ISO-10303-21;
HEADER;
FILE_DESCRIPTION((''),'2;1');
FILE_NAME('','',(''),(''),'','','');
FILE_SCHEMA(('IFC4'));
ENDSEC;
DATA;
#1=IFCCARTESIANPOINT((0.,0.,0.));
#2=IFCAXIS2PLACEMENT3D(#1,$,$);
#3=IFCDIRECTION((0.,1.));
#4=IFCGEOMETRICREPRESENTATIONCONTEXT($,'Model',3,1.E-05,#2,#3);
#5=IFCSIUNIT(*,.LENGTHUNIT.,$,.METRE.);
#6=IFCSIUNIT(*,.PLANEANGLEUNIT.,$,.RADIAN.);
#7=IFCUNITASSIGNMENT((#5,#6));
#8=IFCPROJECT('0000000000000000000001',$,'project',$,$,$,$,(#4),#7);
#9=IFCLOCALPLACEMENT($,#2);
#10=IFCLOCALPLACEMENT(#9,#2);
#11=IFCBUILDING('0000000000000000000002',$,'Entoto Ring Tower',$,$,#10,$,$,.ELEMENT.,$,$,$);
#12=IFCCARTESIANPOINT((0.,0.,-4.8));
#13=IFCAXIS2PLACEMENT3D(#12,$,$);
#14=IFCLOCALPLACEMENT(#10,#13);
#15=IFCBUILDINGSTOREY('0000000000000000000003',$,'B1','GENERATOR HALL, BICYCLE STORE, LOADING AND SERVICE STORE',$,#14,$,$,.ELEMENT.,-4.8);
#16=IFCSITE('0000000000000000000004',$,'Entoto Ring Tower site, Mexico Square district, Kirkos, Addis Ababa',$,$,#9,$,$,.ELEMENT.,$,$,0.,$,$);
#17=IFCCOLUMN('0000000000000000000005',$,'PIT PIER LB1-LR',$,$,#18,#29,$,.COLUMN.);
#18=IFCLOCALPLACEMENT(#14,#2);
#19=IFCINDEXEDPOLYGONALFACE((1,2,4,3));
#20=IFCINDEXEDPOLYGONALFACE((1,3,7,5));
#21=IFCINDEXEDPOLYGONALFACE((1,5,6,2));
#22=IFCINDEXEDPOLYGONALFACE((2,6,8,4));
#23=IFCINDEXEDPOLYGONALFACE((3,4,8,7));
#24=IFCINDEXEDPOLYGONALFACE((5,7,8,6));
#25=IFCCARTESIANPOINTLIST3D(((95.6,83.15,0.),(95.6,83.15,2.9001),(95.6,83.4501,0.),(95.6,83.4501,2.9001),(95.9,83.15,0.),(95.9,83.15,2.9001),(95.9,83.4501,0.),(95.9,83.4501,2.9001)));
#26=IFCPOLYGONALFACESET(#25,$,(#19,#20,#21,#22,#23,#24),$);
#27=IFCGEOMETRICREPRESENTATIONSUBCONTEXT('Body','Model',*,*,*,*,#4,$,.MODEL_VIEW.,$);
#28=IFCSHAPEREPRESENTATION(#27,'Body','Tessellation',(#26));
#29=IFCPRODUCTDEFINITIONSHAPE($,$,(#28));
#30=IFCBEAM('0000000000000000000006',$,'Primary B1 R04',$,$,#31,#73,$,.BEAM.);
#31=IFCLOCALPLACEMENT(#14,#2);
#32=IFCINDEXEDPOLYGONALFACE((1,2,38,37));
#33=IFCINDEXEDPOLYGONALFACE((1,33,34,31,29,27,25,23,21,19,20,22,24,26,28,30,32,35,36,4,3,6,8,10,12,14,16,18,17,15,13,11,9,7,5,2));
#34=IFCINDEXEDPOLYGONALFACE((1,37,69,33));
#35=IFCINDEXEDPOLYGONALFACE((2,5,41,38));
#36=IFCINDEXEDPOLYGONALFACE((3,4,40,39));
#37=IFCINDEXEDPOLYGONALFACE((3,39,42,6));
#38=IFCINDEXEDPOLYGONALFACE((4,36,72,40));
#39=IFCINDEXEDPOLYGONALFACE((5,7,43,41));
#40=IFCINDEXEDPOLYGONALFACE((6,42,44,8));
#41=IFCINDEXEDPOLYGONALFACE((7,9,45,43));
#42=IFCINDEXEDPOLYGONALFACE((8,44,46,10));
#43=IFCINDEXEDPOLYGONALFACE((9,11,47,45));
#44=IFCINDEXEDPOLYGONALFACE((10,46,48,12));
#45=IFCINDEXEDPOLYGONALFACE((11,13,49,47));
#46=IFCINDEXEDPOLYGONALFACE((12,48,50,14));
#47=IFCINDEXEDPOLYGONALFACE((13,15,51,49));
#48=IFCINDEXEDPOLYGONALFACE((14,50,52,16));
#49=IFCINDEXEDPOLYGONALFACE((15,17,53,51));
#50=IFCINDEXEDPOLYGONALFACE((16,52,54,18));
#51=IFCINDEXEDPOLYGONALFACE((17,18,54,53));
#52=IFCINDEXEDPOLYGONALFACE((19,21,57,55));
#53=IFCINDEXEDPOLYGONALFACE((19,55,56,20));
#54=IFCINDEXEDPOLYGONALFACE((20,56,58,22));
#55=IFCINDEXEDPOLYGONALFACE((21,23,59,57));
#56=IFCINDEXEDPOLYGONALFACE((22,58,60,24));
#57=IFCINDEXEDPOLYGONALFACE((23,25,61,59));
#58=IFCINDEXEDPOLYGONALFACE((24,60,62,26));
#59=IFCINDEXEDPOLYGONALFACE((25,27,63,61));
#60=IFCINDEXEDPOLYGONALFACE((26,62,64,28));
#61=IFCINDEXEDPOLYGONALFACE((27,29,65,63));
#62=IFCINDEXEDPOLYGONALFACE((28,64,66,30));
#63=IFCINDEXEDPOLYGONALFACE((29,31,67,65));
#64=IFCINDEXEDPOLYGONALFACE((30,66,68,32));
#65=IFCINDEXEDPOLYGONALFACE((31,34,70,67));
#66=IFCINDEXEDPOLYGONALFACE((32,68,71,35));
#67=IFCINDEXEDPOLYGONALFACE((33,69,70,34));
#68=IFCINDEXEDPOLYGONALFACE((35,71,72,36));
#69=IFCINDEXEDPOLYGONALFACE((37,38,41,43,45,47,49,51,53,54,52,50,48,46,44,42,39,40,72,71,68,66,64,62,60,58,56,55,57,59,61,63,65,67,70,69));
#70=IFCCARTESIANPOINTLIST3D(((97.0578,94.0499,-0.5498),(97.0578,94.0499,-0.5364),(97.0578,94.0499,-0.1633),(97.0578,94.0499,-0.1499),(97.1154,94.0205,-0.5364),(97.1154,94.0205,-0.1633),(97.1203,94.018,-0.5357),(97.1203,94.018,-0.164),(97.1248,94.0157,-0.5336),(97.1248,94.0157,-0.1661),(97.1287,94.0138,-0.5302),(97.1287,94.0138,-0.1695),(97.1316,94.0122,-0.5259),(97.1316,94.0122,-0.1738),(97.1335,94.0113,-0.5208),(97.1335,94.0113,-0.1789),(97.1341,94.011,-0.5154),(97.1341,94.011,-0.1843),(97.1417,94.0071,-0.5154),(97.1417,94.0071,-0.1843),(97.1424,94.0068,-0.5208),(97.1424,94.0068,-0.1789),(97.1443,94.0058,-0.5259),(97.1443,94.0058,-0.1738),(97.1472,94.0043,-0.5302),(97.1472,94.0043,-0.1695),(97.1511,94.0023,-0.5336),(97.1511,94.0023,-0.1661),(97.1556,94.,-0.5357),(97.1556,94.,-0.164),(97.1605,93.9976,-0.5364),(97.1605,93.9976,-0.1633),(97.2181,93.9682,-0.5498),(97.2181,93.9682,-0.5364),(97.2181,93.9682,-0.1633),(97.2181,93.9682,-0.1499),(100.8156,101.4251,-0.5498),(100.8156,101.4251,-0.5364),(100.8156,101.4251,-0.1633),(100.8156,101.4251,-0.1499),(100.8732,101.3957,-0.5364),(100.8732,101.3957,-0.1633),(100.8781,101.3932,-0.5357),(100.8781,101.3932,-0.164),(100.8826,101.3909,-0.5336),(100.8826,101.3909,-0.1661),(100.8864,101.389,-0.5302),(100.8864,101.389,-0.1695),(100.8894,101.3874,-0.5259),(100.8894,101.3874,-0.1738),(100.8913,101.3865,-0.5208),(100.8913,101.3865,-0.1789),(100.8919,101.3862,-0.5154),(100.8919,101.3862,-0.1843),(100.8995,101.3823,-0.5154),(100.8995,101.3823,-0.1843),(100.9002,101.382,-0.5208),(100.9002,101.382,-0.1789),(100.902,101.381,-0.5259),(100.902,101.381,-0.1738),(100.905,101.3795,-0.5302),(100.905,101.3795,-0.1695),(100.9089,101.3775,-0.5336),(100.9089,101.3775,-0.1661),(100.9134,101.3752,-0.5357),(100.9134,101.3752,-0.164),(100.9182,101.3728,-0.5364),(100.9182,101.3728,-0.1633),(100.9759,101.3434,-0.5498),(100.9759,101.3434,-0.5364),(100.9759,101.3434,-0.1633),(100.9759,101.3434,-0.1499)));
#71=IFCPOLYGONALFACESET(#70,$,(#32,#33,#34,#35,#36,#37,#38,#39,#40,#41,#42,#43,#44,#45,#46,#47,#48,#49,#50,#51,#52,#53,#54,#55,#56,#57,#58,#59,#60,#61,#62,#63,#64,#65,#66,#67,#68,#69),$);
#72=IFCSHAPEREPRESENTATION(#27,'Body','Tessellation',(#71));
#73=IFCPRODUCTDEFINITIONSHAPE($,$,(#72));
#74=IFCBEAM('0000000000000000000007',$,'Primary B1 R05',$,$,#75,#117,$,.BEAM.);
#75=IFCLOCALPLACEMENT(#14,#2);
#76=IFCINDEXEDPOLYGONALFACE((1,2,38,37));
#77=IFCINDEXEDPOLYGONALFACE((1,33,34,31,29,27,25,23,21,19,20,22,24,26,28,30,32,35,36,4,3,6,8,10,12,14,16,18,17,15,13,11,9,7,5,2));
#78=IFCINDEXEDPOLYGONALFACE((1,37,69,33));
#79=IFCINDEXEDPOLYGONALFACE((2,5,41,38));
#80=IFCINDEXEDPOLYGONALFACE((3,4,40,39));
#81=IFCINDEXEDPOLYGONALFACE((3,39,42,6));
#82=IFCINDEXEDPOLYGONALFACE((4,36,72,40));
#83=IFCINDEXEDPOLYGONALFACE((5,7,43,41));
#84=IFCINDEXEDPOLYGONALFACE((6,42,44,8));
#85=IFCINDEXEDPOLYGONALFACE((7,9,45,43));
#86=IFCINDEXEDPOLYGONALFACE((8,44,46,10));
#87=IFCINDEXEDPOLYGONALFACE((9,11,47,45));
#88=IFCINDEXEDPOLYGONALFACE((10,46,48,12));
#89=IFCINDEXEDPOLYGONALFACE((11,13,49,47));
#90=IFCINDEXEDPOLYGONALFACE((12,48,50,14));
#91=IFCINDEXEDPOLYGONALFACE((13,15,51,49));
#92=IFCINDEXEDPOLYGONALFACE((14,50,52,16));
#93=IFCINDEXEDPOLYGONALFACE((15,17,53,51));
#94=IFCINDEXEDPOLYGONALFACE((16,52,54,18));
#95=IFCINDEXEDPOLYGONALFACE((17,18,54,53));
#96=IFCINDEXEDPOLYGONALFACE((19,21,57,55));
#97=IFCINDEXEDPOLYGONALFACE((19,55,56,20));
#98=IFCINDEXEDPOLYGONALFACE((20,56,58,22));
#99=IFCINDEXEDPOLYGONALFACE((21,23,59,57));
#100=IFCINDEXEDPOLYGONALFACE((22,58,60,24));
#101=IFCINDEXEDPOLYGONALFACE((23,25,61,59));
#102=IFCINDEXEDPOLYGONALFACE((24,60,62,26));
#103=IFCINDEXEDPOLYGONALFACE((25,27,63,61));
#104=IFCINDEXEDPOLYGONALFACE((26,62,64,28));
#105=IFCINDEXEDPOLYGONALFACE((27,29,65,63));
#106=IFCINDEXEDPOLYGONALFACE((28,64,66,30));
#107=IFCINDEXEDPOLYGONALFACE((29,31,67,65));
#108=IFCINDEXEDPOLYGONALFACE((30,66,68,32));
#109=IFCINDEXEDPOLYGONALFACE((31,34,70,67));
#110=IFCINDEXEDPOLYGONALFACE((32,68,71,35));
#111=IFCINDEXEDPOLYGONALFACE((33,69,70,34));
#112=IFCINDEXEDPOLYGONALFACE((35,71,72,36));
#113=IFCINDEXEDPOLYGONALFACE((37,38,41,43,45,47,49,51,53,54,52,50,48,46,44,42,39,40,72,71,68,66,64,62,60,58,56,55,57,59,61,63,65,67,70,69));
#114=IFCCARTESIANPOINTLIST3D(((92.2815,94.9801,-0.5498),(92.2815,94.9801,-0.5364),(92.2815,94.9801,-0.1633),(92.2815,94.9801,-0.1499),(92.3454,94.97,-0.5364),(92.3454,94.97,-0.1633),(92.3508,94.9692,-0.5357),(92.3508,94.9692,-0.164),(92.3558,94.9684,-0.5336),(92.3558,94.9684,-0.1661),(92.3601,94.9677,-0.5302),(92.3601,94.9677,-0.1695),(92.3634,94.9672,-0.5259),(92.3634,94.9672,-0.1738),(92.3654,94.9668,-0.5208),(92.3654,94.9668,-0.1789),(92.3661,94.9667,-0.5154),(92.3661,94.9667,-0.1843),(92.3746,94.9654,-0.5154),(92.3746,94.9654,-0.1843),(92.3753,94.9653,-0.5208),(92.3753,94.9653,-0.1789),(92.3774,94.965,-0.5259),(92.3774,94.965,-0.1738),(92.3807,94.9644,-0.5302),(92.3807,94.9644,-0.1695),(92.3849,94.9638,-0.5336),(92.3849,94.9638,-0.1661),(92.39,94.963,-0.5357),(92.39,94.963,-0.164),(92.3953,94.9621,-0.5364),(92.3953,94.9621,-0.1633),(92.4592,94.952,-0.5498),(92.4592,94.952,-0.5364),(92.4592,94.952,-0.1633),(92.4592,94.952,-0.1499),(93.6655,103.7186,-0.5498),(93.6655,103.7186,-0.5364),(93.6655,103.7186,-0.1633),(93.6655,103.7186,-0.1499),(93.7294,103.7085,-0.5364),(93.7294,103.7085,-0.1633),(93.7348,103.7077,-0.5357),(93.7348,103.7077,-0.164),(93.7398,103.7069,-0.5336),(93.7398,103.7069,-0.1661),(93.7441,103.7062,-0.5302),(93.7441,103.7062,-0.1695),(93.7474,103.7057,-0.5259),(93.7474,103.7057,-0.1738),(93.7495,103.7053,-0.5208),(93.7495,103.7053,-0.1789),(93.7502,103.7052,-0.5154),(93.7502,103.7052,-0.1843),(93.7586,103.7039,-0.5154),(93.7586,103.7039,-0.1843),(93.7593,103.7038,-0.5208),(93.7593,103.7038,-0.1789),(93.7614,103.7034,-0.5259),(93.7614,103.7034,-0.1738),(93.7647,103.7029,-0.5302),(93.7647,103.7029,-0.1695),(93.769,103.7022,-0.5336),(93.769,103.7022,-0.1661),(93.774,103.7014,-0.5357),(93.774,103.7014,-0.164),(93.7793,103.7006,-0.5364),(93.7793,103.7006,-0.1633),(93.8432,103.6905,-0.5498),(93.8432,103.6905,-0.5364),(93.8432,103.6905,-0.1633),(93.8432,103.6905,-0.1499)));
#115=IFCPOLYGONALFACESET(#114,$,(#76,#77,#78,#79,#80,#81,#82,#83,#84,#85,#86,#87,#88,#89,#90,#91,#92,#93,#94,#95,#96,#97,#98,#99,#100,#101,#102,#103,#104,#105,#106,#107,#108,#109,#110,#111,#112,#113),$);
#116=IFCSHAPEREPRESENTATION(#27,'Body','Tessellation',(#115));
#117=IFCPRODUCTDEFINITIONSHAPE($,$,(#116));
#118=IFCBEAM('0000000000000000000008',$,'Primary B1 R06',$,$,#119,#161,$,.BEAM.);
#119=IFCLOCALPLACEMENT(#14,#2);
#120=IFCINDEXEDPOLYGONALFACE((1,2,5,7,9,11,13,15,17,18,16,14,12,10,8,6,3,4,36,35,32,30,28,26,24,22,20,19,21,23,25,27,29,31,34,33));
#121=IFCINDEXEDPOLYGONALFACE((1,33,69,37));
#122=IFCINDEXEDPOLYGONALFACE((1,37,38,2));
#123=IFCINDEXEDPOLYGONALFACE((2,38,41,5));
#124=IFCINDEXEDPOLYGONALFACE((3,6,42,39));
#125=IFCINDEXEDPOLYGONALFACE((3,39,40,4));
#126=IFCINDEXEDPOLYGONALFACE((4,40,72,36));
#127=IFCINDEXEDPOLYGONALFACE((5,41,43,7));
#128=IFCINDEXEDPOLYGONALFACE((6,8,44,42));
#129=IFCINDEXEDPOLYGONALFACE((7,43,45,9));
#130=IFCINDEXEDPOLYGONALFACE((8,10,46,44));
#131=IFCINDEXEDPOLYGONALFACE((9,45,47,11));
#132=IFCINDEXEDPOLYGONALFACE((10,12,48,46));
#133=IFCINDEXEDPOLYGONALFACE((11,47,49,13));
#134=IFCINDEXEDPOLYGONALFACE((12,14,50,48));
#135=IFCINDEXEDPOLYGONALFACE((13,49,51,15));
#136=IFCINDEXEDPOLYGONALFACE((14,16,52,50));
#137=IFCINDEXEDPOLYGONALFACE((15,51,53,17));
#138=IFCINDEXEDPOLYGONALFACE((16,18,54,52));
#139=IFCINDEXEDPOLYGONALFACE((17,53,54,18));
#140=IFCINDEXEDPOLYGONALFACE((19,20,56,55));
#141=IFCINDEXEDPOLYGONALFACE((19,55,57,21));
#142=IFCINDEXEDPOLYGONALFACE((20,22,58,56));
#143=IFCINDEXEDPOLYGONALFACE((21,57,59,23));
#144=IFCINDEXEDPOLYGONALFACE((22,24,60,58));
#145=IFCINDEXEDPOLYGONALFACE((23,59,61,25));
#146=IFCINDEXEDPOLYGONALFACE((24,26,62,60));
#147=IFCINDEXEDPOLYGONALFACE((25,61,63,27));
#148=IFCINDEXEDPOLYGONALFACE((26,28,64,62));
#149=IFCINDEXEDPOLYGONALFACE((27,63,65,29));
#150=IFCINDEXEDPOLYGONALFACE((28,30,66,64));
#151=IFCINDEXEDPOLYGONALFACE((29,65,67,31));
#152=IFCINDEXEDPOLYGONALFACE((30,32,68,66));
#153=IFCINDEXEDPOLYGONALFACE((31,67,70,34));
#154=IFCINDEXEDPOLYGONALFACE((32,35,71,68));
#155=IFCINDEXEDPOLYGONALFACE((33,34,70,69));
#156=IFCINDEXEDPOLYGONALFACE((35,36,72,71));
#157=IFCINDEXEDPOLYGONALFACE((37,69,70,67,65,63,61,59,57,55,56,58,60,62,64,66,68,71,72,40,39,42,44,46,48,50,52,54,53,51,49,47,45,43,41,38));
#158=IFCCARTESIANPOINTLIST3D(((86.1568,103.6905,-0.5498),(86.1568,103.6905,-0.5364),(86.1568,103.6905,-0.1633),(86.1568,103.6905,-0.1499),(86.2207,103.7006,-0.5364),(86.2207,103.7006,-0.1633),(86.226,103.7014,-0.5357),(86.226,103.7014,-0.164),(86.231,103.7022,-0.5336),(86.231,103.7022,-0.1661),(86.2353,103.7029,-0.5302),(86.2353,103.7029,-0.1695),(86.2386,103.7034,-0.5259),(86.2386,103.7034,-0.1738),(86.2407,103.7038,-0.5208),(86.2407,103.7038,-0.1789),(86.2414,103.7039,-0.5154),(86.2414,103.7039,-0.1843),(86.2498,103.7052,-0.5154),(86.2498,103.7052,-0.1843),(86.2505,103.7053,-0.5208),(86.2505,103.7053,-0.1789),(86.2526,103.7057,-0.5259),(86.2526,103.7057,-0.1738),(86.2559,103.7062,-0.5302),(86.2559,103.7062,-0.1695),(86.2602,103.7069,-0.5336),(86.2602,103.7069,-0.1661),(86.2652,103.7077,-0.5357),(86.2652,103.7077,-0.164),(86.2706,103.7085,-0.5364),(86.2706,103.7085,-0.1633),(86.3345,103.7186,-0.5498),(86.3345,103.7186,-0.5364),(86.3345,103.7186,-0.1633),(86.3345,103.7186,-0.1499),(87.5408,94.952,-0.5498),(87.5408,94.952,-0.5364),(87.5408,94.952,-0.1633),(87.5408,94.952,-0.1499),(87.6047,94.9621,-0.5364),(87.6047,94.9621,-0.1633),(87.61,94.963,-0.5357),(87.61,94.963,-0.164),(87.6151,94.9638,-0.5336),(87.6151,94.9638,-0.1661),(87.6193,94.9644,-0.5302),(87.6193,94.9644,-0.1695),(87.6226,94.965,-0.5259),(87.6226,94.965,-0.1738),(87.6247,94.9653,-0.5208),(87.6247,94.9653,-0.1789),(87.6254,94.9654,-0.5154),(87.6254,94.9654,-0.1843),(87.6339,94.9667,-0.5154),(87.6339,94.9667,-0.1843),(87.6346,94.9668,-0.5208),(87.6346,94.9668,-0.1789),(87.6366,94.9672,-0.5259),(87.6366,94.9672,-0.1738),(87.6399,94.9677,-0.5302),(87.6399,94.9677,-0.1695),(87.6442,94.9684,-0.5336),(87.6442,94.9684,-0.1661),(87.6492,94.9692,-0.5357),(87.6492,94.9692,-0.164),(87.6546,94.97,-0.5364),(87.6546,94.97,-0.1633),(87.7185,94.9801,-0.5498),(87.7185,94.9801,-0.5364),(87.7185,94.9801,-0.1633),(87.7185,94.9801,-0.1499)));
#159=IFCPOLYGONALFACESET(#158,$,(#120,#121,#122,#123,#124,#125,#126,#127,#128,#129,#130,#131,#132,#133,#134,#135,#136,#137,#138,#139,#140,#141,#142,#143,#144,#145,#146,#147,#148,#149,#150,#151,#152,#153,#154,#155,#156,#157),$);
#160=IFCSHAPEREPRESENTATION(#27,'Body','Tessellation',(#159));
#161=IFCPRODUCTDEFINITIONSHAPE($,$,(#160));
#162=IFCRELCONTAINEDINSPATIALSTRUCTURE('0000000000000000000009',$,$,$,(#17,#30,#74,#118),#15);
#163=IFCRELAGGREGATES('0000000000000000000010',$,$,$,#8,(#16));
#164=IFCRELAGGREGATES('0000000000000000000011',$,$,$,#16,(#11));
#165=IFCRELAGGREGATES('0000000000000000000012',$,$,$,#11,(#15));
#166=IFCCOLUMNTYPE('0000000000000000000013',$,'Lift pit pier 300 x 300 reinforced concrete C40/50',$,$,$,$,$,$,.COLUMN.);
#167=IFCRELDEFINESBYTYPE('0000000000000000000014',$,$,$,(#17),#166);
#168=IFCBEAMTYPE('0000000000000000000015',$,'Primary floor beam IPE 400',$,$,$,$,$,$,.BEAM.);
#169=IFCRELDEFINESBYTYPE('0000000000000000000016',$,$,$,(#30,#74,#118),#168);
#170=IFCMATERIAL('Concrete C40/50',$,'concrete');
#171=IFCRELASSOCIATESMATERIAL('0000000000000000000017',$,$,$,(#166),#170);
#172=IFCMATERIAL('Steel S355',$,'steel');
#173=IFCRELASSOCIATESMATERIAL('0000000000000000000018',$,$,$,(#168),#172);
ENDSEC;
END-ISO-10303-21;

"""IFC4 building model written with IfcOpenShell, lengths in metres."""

from ifc_helpers import new_model, si_unit, direction, frame, origin, origin_2d, place, context, subcontext, project, spatial, rectangle, i_section, extrude, material, material_profile, profile_set, type_object, element, save


model = new_model("IFC4")

# Units and contexts
model_context = context("Model", 3, precision=1e-05, world=origin(), true_north=direction((0.0, 1.0)))
body_context = subcontext(model_context, "Body", "Model", "MODEL_VIEW")
ifc_project = project(units=[si_unit("LENGTHUNIT", "METRE"), si_unit("PLANEANGLEUNIT", "RADIAN")], contexts=[model_context])

# Site, building, storey
site_placement = place(None, origin())
site = spatial("IfcSite", under=ifc_project, at=site_placement, Name="Entoto Ring Tower site, Mexico Square district, Kirkos, Addis Ababa", CompositionType="ELEMENT", RefElevation=0.0)
building_placement = place(site_placement, origin())
building = spatial("IfcBuilding", under=site, at=building_placement, Name="Entoto Ring Tower", CompositionType="ELEMENT")
storey_placement = place(building_placement, frame((0.0, 0.0, -4.8)))
storey = spatial("IfcBuildingStorey", under=building, at=storey_placement, Name="B1", Description="GENERATOR HALL, BICYCLE STORE, LOADING AND SERVICE STORE", CompositionType="ELEMENT", Elevation=-4.8)

# Column
ifc_material_1 = material(Name="Concrete C40/50", Category="concrete")
ifc_material_profile_1 = material_profile(ifc_material_1, rectangle(XDim=0.3, YDim=0.3, at=origin_2d()), Name="Lift pit pier 300 x 300 reinforced concrete C40/50")
ifc_profile_set_1 = profile_set([ifc_material_profile_1], Name="Concrete C40/50")
column_type = type_object("IfcColumnType", Name="Lift pit pier 300 x 300 reinforced concrete C40/50", PredefinedType="COLUMN", material=ifc_profile_set_1)
column_placement = place(storey_placement, frame((95.75, 83.3, 0.0), z_axis=(0.0, 0.0, 1.0), x_axis=(1.0, 0.0, 0.0)))
element("IfcColumn", 1, at=column_placement, inside=storey, type_object=column_type, Name="PIT PIER LB1-LR", PredefinedType="COLUMN", context=body_context, shape_type="SweptSolid", body=[
    extrude(rectangle(XDim=0.3, YDim=0.3, at=origin_2d()), origin(), (0.0, 0.0, 1.0), 2.9001),
])

# Beams
ifc_material_2 = material(Name="Steel S355", Category="steel")
ifc_material_profile_2 = material_profile(ifc_material_2, i_section(OverallWidth=0.1799, OverallDepth=0.3999, WebThickness=0.0085, FlangeThickness=0.0134, FilletRadius=0.021, at=origin_2d()), Name="IPE 400")
ifc_profile_set_2 = profile_set([ifc_material_profile_2], Name="Steel S355")
beam_type_1 = type_object("IfcBeamType", Name="Primary floor beam IPE 400", PredefinedType="BEAM", material=ifc_profile_set_2)
beam_1_placement = place(storey_placement, frame((97.1379, 94.009, -0.3499), z_axis=(0.453985, 0.89101, 0.0), x_axis=(-0.89101, 0.453985, 0.0)))
element("IfcBeam", 2, at=beam_1_placement, inside=storey, type_object=beam_type_1, Name="Primary B1 R04", PredefinedType="BEAM", context=body_context, shape_type="SweptSolid", body=[
    extrude(i_section(OverallWidth=0.1799, OverallDepth=0.3999, WebThickness=0.0085, FlangeThickness=0.0134, FilletRadius=0.021, at=origin_2d()), origin(), (0.0, 0.0, 1.0), 8.2773),
])
for number, where, z_axis, x_axis, name in (
    (3, (92.3704, 94.9661, -0.3499), (0.156433, 0.987689, 0.0), (-0.987689, 0.156433, 0.0), "Primary B1 R05"),
    (4, (87.6296, 94.9661, -0.3499), (-0.156433, 0.987689, 0.0), (-0.987689, -0.156433, 0.0), "Primary B1 R06"),
):
    element("IfcBeam", number, at=place(storey_placement, frame(where, z_axis=z_axis, x_axis=x_axis)), inside=storey, type_object=beam_type_1, Name=name, PredefinedType="BEAM", context=body_context, shape_type="SweptSolid", body=[
        extrude(i_section(OverallWidth=0.1799, OverallDepth=0.3999, WebThickness=0.0085, FlangeThickness=0.0134, FilletRadius=0.021, at=origin_2d()), origin(), (0.0, 0.0, 1.0), 8.8474),
    ])

save(model, "model.ifc")
